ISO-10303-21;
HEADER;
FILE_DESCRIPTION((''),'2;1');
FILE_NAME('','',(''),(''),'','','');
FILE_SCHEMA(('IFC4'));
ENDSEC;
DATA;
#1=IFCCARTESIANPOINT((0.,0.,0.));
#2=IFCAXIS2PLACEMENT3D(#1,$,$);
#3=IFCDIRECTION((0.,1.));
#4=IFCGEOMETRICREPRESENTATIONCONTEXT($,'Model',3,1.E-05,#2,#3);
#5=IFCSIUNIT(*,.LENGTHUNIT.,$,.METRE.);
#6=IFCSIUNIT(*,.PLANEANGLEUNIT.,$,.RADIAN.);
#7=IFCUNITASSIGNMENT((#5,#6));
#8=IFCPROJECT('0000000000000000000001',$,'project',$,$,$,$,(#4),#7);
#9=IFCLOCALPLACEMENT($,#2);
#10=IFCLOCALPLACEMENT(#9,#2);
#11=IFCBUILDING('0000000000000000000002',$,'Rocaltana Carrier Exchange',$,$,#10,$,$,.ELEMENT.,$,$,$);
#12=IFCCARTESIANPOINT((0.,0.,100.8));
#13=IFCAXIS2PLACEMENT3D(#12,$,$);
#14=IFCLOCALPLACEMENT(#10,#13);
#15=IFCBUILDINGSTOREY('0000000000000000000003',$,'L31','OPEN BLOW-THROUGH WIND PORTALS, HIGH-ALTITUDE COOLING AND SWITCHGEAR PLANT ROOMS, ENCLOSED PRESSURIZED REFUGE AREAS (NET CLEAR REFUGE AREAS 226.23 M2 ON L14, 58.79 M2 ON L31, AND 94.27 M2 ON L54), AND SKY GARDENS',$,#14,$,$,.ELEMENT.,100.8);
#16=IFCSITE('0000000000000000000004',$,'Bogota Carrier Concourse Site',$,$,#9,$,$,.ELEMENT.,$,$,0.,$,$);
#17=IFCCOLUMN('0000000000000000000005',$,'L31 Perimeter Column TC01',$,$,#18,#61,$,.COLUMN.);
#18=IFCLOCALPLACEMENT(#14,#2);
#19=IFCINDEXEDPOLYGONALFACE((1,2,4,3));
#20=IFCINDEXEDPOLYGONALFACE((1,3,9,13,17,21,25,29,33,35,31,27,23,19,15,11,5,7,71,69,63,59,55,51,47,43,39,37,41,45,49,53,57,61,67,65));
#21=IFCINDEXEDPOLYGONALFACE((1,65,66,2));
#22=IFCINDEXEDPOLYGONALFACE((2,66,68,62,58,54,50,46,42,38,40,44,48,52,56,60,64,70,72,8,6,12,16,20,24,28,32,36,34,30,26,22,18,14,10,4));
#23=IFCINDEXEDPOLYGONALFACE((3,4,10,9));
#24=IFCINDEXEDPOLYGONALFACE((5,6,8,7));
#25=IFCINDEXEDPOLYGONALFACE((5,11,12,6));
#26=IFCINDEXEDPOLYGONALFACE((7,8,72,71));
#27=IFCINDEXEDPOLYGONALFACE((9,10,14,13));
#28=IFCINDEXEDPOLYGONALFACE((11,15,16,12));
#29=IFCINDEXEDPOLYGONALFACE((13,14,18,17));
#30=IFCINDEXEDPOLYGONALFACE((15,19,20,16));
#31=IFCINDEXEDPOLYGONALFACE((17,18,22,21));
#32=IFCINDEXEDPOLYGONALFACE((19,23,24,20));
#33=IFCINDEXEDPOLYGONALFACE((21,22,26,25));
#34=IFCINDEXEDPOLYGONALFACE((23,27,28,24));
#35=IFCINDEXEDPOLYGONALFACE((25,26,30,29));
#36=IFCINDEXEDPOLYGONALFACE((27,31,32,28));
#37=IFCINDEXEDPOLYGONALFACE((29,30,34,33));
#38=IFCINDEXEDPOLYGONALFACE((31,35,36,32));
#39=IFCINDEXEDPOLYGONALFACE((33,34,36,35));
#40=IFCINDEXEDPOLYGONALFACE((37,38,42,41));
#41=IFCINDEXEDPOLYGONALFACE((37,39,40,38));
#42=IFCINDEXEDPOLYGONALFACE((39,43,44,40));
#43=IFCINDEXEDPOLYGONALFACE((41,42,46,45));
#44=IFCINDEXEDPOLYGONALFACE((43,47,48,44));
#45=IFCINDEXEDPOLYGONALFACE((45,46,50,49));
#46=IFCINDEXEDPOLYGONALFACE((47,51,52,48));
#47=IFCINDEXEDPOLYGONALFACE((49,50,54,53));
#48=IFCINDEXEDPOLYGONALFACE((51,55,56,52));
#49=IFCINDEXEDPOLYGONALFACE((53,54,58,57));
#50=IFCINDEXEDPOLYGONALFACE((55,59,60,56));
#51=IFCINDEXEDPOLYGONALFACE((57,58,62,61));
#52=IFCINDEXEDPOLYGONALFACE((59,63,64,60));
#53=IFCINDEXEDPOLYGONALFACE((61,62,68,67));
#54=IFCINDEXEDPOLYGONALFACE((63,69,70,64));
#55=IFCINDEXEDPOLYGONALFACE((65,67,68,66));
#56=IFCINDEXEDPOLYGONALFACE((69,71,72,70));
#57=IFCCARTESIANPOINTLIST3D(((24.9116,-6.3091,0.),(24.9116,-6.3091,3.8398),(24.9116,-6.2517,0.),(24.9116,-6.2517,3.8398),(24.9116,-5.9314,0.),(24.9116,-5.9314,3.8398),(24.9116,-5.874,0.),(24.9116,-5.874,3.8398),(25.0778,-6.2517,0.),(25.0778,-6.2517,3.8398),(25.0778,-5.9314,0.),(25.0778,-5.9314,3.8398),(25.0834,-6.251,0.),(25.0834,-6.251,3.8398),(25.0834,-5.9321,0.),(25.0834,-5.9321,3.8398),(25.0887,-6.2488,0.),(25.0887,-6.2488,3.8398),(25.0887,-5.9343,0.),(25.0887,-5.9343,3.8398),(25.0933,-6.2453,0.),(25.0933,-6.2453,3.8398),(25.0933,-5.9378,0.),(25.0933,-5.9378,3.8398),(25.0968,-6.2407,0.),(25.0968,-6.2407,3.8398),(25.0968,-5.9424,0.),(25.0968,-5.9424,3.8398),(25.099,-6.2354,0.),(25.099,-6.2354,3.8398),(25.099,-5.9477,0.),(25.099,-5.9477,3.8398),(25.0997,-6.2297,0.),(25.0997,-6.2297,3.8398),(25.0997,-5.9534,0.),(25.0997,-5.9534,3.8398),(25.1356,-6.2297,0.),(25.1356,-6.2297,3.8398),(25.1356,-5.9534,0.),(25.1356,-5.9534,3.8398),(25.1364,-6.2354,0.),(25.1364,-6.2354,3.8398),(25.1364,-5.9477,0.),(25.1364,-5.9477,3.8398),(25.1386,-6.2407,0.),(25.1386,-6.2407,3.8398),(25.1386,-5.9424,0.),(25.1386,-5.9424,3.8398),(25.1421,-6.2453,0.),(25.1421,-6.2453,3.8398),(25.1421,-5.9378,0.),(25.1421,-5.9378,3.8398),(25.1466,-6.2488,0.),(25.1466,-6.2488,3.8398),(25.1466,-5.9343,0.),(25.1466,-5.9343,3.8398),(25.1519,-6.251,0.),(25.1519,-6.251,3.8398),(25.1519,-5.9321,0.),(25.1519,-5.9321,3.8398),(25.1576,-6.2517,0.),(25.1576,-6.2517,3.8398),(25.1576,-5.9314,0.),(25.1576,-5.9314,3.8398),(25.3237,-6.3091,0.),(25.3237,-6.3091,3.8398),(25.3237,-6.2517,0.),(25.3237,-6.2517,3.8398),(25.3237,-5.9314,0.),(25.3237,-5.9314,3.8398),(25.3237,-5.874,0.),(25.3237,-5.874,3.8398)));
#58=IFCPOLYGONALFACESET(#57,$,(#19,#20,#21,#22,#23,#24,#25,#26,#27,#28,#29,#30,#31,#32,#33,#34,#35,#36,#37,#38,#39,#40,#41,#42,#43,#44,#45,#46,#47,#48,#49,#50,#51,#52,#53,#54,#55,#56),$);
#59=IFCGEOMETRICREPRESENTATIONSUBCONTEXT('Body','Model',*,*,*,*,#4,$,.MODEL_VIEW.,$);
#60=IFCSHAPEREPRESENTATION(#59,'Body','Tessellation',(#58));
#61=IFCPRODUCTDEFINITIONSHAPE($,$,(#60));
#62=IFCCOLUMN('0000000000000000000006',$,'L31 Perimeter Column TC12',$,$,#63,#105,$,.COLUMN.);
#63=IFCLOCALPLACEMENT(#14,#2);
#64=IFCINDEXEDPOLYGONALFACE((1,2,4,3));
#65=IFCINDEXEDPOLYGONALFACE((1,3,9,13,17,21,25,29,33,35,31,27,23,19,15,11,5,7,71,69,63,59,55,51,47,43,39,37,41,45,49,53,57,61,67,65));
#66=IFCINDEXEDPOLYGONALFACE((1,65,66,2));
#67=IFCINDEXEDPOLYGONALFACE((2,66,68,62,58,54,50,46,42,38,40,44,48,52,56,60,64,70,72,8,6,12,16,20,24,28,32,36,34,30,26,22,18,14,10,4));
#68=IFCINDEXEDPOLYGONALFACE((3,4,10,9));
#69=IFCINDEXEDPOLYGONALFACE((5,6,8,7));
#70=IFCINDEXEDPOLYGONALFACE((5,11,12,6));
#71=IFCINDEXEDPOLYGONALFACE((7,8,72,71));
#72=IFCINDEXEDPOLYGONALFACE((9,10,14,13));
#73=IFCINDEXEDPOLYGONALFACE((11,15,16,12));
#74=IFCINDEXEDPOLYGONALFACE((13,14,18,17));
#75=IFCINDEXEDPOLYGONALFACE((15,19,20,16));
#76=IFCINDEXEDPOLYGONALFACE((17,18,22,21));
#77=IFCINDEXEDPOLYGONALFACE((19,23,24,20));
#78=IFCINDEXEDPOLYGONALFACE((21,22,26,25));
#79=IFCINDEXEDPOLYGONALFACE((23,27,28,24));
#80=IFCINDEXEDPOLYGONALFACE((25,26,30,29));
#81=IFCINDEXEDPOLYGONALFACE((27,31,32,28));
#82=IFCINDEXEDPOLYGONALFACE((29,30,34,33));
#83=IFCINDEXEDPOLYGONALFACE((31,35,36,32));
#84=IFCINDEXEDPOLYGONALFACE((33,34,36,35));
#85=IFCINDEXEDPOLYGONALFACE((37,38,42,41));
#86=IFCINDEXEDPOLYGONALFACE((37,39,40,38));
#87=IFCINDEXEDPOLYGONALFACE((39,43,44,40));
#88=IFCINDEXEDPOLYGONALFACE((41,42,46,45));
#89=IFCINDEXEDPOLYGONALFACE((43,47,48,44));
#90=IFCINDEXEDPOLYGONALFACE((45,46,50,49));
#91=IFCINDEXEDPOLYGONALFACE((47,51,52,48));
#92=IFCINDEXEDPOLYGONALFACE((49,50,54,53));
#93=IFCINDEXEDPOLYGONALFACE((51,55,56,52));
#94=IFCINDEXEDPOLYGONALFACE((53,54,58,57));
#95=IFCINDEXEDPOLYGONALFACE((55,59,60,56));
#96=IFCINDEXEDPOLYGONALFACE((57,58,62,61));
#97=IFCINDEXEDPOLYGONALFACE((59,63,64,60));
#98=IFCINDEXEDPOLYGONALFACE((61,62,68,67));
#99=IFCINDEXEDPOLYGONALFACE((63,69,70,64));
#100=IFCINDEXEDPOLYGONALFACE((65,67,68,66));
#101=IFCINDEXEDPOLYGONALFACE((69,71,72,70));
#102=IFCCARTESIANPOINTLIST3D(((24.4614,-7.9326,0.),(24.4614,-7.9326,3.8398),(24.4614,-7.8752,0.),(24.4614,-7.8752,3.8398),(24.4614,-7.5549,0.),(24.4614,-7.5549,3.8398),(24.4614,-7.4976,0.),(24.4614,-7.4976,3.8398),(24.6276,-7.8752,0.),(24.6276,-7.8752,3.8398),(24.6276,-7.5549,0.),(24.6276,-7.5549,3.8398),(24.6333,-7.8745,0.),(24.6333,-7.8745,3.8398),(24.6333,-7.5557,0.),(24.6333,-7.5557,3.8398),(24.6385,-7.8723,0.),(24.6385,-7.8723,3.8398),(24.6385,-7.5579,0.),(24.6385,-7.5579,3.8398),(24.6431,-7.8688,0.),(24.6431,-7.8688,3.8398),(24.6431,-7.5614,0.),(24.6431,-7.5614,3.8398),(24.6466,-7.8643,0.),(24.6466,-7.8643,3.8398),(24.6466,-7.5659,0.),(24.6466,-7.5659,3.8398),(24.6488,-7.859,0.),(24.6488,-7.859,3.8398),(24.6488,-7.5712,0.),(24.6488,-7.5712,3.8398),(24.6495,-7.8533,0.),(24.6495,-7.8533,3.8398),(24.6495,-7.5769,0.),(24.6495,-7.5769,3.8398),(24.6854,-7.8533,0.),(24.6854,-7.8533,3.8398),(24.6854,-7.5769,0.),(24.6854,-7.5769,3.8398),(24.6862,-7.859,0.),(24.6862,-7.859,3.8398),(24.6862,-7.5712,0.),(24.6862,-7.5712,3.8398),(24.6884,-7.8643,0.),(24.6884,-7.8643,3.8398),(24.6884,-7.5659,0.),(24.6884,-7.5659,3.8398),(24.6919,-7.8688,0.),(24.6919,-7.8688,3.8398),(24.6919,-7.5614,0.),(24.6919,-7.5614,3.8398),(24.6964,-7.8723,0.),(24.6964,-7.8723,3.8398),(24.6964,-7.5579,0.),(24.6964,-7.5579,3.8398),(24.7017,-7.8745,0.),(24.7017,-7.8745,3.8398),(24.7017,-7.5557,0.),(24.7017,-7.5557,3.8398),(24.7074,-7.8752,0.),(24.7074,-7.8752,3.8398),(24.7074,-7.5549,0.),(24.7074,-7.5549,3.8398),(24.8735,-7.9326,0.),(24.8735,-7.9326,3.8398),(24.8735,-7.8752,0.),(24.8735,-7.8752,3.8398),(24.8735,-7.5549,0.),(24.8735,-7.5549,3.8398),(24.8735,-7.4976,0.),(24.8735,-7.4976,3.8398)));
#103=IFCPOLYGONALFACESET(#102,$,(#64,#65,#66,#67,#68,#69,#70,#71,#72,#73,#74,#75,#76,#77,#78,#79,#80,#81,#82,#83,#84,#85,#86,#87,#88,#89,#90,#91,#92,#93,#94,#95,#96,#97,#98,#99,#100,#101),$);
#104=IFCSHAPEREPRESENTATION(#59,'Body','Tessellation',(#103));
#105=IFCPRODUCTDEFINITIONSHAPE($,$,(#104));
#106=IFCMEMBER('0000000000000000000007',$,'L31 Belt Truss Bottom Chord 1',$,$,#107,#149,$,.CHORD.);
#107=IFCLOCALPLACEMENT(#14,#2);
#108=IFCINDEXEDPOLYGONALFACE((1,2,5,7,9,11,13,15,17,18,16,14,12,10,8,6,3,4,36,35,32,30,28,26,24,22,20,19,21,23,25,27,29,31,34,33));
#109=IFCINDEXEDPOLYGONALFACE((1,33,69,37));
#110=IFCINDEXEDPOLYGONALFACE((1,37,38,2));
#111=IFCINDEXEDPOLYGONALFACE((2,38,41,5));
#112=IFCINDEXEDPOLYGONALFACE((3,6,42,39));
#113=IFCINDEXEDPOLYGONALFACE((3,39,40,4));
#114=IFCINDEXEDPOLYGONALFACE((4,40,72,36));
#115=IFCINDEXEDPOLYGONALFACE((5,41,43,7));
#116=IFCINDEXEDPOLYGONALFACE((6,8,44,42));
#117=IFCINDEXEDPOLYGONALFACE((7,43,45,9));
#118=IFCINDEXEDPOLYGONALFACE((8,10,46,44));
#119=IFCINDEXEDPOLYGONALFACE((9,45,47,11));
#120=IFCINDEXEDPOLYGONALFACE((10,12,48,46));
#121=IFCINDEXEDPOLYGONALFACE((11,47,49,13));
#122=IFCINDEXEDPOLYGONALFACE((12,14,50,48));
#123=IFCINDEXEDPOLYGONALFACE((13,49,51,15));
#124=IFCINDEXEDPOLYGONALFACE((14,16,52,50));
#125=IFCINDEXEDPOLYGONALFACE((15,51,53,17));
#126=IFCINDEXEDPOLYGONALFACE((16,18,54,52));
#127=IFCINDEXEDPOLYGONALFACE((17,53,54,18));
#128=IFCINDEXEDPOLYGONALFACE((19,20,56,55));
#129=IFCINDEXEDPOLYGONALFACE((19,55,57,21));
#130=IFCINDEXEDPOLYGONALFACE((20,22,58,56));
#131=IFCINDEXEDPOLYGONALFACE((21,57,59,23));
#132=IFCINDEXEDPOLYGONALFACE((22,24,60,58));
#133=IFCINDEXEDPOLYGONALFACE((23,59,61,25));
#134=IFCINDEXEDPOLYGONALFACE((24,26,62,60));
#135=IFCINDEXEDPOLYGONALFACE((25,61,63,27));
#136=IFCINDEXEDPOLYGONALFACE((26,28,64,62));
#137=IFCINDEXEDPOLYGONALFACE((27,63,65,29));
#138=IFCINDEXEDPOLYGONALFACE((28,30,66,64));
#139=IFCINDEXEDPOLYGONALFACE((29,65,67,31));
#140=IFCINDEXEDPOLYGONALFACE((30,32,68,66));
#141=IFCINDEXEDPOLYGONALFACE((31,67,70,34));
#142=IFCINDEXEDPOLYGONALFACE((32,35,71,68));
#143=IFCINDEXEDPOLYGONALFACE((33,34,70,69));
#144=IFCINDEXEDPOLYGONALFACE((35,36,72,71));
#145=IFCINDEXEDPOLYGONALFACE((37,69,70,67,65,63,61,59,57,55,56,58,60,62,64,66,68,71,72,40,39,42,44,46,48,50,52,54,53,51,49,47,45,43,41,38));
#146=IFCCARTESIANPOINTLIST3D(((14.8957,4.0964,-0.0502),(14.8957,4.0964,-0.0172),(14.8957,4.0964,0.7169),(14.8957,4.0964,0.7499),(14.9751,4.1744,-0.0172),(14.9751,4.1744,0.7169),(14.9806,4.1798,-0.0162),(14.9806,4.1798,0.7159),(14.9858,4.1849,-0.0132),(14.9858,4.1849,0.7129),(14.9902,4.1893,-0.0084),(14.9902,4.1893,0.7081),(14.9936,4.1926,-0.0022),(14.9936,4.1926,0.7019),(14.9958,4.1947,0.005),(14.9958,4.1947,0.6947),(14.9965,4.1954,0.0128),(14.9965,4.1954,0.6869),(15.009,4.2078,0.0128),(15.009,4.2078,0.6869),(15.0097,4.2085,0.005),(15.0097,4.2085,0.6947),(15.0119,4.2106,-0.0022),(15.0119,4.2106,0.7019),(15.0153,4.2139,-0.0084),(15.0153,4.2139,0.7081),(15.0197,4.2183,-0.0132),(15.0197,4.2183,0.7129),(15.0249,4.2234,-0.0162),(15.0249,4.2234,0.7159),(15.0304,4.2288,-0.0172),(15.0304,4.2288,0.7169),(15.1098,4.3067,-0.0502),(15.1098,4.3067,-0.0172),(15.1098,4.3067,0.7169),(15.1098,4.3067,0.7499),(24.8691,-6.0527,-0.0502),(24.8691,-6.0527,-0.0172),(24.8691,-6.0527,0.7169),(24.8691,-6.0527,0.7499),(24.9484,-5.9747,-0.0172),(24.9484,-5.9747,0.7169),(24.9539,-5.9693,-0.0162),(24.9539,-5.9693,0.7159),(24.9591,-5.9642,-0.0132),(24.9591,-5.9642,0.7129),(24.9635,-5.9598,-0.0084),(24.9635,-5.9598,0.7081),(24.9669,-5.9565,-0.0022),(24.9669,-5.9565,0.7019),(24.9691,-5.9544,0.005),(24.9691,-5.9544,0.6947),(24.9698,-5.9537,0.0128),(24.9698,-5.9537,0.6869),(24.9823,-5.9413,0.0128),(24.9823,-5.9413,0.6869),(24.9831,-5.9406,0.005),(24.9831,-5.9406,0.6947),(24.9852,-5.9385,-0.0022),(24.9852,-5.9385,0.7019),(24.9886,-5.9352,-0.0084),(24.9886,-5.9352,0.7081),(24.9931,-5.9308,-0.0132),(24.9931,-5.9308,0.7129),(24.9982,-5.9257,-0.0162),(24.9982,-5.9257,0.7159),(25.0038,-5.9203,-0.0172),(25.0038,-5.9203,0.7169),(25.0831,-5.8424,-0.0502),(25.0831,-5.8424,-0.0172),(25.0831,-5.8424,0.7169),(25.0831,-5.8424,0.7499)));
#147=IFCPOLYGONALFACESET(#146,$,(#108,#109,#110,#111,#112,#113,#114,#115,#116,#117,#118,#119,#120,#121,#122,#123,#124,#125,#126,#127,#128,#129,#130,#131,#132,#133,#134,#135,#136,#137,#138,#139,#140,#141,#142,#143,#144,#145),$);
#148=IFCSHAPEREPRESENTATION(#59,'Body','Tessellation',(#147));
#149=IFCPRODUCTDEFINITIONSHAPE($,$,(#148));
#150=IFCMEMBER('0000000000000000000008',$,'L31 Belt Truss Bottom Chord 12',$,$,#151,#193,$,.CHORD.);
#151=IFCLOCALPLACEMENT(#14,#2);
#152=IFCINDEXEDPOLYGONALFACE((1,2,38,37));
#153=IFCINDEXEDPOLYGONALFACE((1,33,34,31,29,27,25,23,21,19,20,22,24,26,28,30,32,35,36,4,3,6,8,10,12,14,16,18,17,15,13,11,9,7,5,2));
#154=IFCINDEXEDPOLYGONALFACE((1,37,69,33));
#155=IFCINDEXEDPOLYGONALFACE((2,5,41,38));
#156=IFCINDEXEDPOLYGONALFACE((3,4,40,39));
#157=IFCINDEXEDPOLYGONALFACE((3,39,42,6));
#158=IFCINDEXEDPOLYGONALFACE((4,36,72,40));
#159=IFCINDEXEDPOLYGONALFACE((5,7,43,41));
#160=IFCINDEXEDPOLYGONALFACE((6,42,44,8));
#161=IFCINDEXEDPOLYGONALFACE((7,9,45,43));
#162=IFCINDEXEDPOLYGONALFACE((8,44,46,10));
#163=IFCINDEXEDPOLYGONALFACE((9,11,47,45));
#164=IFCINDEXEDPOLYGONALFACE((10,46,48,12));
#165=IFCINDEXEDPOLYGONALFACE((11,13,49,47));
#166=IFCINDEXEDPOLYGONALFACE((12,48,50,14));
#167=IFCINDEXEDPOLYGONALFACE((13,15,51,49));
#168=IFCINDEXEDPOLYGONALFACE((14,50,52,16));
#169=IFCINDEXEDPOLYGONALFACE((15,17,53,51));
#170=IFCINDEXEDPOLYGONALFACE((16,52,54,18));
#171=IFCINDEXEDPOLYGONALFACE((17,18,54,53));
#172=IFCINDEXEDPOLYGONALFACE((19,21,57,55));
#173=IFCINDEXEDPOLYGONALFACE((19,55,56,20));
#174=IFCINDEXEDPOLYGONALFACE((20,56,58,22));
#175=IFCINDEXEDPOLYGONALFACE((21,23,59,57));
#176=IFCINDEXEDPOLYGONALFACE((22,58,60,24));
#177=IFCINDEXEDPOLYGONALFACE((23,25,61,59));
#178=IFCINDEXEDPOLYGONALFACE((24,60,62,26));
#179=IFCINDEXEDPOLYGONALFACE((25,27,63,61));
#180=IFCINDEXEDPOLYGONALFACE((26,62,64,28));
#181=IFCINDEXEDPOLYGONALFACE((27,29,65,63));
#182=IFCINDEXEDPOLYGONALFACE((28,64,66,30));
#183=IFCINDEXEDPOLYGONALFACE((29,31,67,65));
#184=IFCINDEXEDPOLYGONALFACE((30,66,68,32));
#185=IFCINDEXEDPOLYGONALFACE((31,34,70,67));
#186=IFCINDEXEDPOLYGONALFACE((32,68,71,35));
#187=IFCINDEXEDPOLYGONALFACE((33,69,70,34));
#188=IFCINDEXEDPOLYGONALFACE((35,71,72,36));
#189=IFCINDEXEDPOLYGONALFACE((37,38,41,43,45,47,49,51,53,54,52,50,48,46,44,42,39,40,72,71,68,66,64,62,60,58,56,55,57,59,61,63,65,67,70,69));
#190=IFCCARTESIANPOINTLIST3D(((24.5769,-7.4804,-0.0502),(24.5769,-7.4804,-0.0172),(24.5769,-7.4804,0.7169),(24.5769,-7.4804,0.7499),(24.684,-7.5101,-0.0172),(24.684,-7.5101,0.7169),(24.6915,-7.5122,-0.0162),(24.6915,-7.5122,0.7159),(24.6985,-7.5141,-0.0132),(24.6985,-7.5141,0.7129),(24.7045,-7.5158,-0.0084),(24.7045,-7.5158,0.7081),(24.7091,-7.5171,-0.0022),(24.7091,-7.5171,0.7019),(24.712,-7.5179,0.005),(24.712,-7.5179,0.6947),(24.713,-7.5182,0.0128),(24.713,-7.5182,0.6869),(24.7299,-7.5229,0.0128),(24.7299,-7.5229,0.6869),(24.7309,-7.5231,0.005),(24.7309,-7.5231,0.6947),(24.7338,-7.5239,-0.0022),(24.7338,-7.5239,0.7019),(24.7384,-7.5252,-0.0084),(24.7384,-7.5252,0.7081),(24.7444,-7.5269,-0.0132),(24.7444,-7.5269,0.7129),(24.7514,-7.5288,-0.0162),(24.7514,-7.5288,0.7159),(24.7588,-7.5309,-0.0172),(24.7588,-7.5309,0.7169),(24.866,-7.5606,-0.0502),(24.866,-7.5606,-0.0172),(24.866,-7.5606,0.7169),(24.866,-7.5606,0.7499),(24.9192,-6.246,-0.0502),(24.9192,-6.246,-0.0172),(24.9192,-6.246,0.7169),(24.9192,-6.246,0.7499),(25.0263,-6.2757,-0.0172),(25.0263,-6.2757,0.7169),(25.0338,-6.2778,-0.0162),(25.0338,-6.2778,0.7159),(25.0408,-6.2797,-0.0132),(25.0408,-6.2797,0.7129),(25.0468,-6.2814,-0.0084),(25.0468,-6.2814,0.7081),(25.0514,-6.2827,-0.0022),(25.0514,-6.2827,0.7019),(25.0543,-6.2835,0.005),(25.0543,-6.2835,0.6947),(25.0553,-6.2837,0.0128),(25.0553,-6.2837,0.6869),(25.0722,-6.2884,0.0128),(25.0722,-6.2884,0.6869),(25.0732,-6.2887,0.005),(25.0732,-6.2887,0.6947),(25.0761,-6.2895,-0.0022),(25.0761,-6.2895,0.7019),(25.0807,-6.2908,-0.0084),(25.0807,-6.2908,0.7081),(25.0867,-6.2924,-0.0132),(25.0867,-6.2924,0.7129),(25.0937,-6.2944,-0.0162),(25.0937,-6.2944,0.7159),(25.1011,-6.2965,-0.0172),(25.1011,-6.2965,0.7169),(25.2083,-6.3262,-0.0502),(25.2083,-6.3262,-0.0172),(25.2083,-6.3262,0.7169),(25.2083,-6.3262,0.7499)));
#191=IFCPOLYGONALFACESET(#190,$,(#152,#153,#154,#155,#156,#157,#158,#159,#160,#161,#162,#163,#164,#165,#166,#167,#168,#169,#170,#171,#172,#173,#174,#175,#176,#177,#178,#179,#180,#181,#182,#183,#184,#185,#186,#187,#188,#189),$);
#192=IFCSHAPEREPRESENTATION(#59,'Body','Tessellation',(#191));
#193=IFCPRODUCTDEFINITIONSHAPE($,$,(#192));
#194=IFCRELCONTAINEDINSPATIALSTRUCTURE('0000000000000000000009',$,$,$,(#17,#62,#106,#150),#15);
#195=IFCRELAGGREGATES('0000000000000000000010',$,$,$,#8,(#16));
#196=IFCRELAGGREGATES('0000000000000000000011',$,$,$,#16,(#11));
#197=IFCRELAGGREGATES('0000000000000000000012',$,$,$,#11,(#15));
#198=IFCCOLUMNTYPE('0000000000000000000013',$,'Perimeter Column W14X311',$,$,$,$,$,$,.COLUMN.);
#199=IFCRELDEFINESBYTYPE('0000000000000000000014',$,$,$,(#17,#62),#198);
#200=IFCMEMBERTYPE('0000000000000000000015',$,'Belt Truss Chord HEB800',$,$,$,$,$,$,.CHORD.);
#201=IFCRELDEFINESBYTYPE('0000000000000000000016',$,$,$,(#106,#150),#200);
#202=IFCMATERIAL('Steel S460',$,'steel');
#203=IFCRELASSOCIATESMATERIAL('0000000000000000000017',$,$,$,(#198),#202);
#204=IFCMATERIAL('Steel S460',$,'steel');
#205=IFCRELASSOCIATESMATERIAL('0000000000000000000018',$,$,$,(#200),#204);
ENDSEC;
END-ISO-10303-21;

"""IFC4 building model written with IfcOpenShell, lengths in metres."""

from ifc_helpers import new_model, si_unit, direction, frame, origin, origin_2d, place, context, subcontext, project, spatial, i_section, extrude, material, material_profile, profile_set, type_object, element, save


model = new_model("IFC4")

# Units and contexts
model_context = context("Model", 3, precision=1e-05, world=origin(), true_north=direction((0.0, 1.0)))
body_context = subcontext(model_context, "Body", "Model", "MODEL_VIEW")
ifc_project = project(units=[si_unit("LENGTHUNIT", "METRE"), si_unit("PLANEANGLEUNIT", "RADIAN")], contexts=[model_context])

# Site, building, storey
site_placement = place(None, origin())
site = spatial("IfcSite", under=ifc_project, at=site_placement, Name="Bogota Carrier Concourse Site", CompositionType="ELEMENT", RefElevation=0.0)
building_placement = place(site_placement, origin())
building = spatial("IfcBuilding", under=site, at=building_placement, Name="Rocaltana Carrier Exchange", CompositionType="ELEMENT")
storey_placement = place(building_placement, frame((0.0, 0.0, 100.8)))
storey = spatial("IfcBuildingStorey", under=building, at=storey_placement, Name="L31", Description="OPEN BLOW-THROUGH WIND PORTALS, HIGH-ALTITUDE COOLING AND SWITCHGEAR PLANT ROOMS, ENCLOSED PRESSURIZED REFUGE AREAS (NET CLEAR REFUGE AREAS 226.23 M2 ON L14, 58.79 M2 ON L31, AND 94.27 M2 ON L54), AND SKY GARDENS", CompositionType="ELEMENT", Elevation=100.8)

# Columns
ifc_material_1 = material(Name="Steel S460", Category="steel")
ifc_material_profile_1 = material_profile(ifc_material_1, i_section(OverallWidth=0.4121, OverallDepth=0.4351, WebThickness=0.0359, FlangeThickness=0.0574, FilletRadius=0.022, at=origin_2d()), Name="W14X311")
ifc_profile_set_1 = profile_set([ifc_material_profile_1], Name="Steel S460")
column_type = type_object("IfcColumnType", Name="Perimeter Column W14X311", PredefinedType="COLUMN", material=ifc_profile_set_1)
for number, where, z_axis, x_axis, name in (
    (1, (25.1177, -6.0916, 0.0), (0.0, 0.0, 1.0), (1.0, 0.0, 0.0), "L31 Perimeter Column TC01"),
    (2, (24.6675, -7.7151, 0.0), (0.0, 0.0, 1.0), (1.0, 0.0, 0.0), "L31 Perimeter Column TC12"),
):
    element("IfcColumn", number, at=place(storey_placement, frame(where, z_axis=z_axis, x_axis=x_axis)), inside=storey, type_object=column_type, Name=name, PredefinedType="COLUMN", context=body_context, shape_type="SweptSolid", body=[
        extrude(i_section(OverallWidth=0.4121, OverallDepth=0.4351, WebThickness=0.0359, FlangeThickness=0.0574, FilletRadius=0.022, at=origin_2d()), origin(), (0.0, 0.0, 1.0), 3.8398),
    ])

# Members
ifc_material_2 = material(Name="Steel S460", Category="steel")
ifc_material_profile_2 = material_profile(ifc_material_2, i_section(OverallWidth=0.3, OverallDepth=0.8, WebThickness=0.0176, FlangeThickness=0.033, FilletRadius=0.03, at=origin_2d()), Name="HEB800")
ifc_profile_set_2 = profile_set([ifc_material_profile_2], Name="Steel S460")
member_type_1 = type_object("IfcMemberType", Name="Belt Truss Chord HEB800", PredefinedType="CHORD", material=ifc_profile_set_2)
member_1_placement = place(storey_placement, frame((24.9761, -5.9475, 0.3499), z_axis=(-0.700903, 0.713257, 0.0), x_axis=(-0.713257, -0.700903, 0.0)))
element("IfcMember", 3, at=member_1_placement, inside=storey, type_object=member_type_1, Name="L31 Belt Truss Bottom Chord 1", PredefinedType="CHORD", context=body_context, shape_type="SweptSolid", body=[
    extrude(i_section(OverallWidth=0.3, OverallDepth=0.8, WebThickness=0.0176, FlangeThickness=0.033, FilletRadius=0.03, at=origin_2d()), origin(), (0.0, 0.0, 1.0), 14.2292),
])
member_2_placement = place(storey_placement, frame((24.7214, -7.5205, 0.3499), z_axis=(0.267211, 0.963638, 0.0), x_axis=(-0.963638, 0.267211, 0.0)))
element("IfcMember", 4, at=member_2_placement, inside=storey, type_object=member_type_1, Name="L31 Belt Truss Bottom Chord 12", PredefinedType="CHORD", context=body_context, shape_type="SweptSolid", body=[
    extrude(i_section(OverallWidth=0.3, OverallDepth=0.8, WebThickness=0.0176, FlangeThickness=0.033, FilletRadius=0.03, at=origin_2d()), origin(), (0.0, 0.0, 1.0), 1.281),
])

save(model, "model.ifc")
